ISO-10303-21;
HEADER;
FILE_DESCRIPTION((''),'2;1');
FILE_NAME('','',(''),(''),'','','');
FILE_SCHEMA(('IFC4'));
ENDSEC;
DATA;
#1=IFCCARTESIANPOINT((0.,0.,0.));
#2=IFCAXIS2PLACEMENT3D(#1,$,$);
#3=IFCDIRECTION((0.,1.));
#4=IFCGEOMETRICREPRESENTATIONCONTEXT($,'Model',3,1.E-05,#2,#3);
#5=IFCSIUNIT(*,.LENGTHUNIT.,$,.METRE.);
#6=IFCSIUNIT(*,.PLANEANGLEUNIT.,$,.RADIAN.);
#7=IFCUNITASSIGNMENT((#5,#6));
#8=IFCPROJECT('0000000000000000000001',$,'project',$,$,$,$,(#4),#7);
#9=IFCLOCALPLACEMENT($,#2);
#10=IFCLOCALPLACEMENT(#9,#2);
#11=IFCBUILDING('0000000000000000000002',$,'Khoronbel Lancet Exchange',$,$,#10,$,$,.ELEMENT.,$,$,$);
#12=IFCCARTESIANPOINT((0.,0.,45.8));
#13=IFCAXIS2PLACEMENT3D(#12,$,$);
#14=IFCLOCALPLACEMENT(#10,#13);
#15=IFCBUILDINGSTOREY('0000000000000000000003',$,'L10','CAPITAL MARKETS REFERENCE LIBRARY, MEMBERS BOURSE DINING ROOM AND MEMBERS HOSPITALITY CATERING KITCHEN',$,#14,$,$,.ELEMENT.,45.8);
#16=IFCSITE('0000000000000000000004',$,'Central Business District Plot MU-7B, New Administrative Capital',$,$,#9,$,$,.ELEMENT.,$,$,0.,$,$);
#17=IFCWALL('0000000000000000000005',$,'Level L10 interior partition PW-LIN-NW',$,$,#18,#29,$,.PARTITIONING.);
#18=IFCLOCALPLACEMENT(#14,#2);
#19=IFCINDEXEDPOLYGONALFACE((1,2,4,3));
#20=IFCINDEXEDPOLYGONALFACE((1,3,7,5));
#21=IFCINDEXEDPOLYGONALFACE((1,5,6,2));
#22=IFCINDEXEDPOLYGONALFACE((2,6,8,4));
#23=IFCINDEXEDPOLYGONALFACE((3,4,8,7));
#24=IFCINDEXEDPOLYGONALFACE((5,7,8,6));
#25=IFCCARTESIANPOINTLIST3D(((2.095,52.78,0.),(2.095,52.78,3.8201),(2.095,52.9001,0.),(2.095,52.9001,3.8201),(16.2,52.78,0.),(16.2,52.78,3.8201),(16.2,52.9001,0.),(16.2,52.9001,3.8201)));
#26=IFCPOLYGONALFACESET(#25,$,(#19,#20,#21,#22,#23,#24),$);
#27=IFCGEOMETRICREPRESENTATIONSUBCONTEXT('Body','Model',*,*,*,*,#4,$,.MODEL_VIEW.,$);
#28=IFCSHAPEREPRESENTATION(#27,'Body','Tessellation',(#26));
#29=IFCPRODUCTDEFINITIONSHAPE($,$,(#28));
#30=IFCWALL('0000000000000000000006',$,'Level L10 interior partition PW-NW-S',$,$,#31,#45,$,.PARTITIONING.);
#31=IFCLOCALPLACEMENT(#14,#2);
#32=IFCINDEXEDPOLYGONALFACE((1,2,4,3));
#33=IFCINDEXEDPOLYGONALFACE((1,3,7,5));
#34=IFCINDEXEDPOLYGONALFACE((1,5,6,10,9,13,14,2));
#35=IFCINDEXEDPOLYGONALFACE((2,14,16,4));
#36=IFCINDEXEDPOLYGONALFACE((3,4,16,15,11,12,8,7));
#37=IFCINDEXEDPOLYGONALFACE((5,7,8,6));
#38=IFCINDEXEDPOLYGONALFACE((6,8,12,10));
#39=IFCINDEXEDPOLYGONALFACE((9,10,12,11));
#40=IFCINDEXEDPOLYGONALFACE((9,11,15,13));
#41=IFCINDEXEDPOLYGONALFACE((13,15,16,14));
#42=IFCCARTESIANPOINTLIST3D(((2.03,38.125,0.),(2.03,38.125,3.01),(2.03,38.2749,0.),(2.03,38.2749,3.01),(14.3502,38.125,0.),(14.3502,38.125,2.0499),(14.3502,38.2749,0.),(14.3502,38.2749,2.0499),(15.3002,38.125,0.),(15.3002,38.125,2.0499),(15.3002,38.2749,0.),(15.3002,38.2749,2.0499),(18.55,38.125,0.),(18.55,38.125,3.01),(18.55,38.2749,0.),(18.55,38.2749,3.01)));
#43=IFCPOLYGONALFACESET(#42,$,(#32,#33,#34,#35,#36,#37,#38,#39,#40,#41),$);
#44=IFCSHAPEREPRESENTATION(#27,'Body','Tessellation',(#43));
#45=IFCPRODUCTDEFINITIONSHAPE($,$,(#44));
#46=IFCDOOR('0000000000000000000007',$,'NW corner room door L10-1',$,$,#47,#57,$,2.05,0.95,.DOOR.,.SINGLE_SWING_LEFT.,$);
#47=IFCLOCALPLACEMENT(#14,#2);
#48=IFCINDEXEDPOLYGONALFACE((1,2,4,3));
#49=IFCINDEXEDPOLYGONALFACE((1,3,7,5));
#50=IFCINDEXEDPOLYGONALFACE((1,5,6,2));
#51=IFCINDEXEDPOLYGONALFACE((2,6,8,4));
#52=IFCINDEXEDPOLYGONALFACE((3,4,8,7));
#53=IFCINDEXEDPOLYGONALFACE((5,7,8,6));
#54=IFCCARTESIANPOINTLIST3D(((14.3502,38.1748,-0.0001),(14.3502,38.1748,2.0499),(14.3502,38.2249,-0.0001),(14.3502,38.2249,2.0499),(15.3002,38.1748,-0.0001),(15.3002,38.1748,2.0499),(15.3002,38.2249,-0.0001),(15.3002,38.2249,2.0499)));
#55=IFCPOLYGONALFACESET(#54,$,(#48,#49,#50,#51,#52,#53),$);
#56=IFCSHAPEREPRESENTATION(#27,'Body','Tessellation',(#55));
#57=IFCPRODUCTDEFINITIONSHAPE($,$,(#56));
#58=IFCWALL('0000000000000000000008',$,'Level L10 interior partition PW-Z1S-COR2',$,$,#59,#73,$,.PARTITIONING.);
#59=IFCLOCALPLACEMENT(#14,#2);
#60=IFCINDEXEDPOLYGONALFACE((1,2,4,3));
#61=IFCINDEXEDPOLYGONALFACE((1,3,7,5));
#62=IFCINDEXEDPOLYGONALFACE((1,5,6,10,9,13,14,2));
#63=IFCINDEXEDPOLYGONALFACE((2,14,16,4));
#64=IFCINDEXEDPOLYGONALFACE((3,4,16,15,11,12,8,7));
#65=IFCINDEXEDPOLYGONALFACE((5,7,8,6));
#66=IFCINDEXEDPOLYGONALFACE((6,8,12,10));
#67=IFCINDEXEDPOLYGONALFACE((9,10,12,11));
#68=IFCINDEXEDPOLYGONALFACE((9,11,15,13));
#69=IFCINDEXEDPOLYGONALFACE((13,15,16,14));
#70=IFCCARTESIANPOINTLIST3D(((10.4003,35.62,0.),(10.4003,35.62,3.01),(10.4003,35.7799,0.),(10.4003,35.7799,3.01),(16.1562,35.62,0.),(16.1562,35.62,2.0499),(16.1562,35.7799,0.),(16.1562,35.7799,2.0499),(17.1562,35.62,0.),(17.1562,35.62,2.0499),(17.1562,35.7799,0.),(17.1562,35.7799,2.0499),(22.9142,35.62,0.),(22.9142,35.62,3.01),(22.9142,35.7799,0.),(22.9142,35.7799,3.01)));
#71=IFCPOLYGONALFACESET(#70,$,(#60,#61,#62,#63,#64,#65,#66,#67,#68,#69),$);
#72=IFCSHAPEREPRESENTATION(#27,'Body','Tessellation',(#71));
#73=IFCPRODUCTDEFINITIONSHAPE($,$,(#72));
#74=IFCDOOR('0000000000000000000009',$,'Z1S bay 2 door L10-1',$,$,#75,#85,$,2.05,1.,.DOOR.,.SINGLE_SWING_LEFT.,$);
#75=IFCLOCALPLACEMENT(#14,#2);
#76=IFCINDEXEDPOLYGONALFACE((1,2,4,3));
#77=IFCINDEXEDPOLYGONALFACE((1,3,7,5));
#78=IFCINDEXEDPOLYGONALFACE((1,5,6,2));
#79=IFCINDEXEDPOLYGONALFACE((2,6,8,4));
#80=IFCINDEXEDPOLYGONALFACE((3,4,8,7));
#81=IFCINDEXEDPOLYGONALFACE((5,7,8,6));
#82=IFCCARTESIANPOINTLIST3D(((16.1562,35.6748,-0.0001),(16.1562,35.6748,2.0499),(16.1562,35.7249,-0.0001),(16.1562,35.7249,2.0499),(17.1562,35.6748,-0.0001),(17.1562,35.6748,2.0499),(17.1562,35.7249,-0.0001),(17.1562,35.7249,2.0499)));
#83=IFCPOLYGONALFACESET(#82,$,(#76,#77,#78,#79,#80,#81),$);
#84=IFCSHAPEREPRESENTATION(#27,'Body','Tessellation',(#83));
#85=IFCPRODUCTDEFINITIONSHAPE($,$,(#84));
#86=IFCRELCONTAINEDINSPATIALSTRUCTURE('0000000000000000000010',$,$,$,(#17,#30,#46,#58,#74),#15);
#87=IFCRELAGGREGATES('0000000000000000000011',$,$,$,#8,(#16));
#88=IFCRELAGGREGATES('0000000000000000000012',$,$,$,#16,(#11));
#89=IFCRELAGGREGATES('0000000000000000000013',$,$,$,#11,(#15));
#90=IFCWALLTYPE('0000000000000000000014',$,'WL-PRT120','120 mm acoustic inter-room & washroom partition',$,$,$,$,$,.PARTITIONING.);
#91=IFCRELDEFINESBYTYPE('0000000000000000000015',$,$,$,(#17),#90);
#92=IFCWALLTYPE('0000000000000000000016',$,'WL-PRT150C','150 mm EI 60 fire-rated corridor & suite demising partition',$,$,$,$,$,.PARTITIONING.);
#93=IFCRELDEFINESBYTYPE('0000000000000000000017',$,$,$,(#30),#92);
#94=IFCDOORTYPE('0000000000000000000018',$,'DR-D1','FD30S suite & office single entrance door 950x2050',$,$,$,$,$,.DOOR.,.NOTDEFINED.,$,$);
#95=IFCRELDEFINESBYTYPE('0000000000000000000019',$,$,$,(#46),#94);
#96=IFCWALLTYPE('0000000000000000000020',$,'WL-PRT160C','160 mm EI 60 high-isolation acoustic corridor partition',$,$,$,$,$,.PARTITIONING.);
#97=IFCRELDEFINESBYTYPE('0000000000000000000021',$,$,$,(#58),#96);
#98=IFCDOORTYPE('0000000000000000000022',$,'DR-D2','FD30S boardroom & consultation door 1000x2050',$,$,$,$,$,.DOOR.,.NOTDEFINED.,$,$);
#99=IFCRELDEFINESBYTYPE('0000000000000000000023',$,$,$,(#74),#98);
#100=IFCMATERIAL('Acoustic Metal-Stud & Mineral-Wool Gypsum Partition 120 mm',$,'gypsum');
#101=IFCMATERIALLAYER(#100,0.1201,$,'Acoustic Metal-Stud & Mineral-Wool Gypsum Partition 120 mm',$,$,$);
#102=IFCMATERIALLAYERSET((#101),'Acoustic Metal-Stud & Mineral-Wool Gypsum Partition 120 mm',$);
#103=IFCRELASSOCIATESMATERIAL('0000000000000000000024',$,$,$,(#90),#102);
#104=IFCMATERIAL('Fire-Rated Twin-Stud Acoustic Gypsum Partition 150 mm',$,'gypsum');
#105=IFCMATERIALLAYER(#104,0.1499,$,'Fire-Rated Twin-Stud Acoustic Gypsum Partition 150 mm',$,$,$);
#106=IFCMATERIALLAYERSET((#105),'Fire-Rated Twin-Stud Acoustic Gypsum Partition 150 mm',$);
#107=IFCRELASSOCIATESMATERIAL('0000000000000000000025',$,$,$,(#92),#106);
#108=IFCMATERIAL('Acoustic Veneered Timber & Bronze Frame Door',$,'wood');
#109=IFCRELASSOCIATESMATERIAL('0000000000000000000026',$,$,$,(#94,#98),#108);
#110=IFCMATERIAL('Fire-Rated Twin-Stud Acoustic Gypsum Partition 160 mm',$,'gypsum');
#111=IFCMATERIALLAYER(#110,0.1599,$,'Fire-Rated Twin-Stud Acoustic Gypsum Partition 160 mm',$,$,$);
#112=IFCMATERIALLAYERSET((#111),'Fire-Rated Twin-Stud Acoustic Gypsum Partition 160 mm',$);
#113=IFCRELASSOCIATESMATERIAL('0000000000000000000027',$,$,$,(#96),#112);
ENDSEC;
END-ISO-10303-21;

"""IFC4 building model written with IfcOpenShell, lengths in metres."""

from ifc_helpers import new_model, si_unit, direction, frame, frame_2d, origin, place, context, subcontext, project, spatial, rectangle, extrude, material, layer, layer_set, type_object, element, fill, save


model = new_model("IFC4")

# Units and contexts
model_context = context("Model", 3, precision=1e-05, world=origin(), true_north=direction((0.0, 1.0)))
body_context = subcontext(model_context, "Body", "Model", "MODEL_VIEW")
ifc_project = project(units=[si_unit("LENGTHUNIT", "METRE"), si_unit("PLANEANGLEUNIT", "RADIAN")], contexts=[model_context])

# Site, building, storey
site_placement = place(None, origin())
site = spatial("IfcSite", under=ifc_project, at=site_placement, Name="Central Business District Plot MU-7B, New Administrative Capital", CompositionType="ELEMENT", RefElevation=0.0)
building_placement = place(site_placement, origin())
building = spatial("IfcBuilding", under=site, at=building_placement, Name="Khoronbel Lancet Exchange", CompositionType="ELEMENT")
storey_placement = place(building_placement, frame((0.0, 0.0, 45.8)))
storey = spatial("IfcBuildingStorey", under=building, at=storey_placement, Name="L10", Description="CAPITAL MARKETS REFERENCE LIBRARY, MEMBERS BOURSE DINING ROOM AND MEMBERS HOSPITALITY CATERING KITCHEN", CompositionType="ELEMENT", Elevation=45.8)

# Shared definitions
ifc_material_1 = material(Name="Acoustic Metal-Stud & Mineral-Wool Gypsum Partition 120 mm", Category="gypsum")
ifc_layer_1 = layer(ifc_material_1, 0.1201, Name="Acoustic Metal-Stud & Mineral-Wool Gypsum Partition 120 mm")
ifc_layer_set_1 = layer_set([ifc_layer_1], Name="Acoustic Metal-Stud & Mineral-Wool Gypsum Partition 120 mm")
wall_type_1 = type_object("IfcWallType", Name="WL-PRT120", Description="120 mm acoustic inter-room & washroom partition", PredefinedType="PARTITIONING", material=ifc_layer_set_1)

# Wall
wall_1_placement = place(storey_placement, frame((2.095, 52.8401, 0.0), z_axis=(0.0, 0.0, 1.0), x_axis=(1.0, 0.0, 0.0)))
element("IfcWall", 1, at=wall_1_placement, inside=storey, type_object=wall_type_1, Name="Level L10 interior partition PW-LIN-NW", PredefinedType="PARTITIONING", context=body_context, shape_type="SweptSolid", body=[
    extrude(rectangle(XDim=14.105, YDim=0.1201, at=frame_2d((7.0525, 0.0))), origin(), (0.0, 0.0, 1.0), 3.8201),
])

# Walls, openings, doors
ifc_material_2 = material(Name="Fire-Rated Twin-Stud Acoustic Gypsum Partition 150 mm", Category="gypsum")
ifc_layer_2 = layer(ifc_material_2, 0.1499, Name="Fire-Rated Twin-Stud Acoustic Gypsum Partition 150 mm")
ifc_layer_set_2 = layer_set([ifc_layer_2], Name="Fire-Rated Twin-Stud Acoustic Gypsum Partition 150 mm")
wall_type_2 = type_object("IfcWallType", Name="WL-PRT150C", Description="150 mm EI 60 fire-rated corridor & suite demising partition", PredefinedType="PARTITIONING", material=ifc_layer_set_2)
wall_2_placement = place(storey_placement, frame((2.03, 38.2, 0.0), z_axis=(0.0, 0.0, 1.0), x_axis=(1.0, 0.0, 0.0)))
wall_2 = element("IfcWall", 2, at=wall_2_placement, inside=storey, type_object=wall_type_2, Name="Level L10 interior partition PW-NW-S", PredefinedType="PARTITIONING", context=body_context, shape_type="SweptSolid", body=[
    extrude(rectangle(XDim=16.52, YDim=0.1499, at=frame_2d((8.26, 0.0))), origin(), (0.0, 0.0, 1.0), 3.01),
])
opening_1_placement = place(wall_2_placement, frame((12.3201, 0.0, 0.0)))
opening_1 = element("IfcOpeningElement", 3, at=opening_1_placement, cuts=wall_2, PredefinedType="OPENING", context=body_context, shape_type="SweptSolid", body=[
    extrude(rectangle(XDim=0.95, YDim=2.05, at=frame_2d((0.4751, 1.0249))), frame((0.0, 0.085, 0.0), z_axis=(0.0, -1.0, 0.0), x_axis=(1.0, 0.0, 0.0)), (0.0, 0.0, 1.0), 0.1699),
])
ifc_material_3 = material(Name="Acoustic Veneered Timber & Bronze Frame Door", Category="wood")
door_type_1 = type_object("IfcDoorType", Name="DR-D1", Description="FD30S suite & office single entrance door 950x2050", OperationType="NOTDEFINED", PredefinedType="DOOR", material=ifc_material_3)
door_1_placement = place(opening_1_placement, origin())
door_1 = element("IfcDoor", 4, at=door_1_placement, inside=storey, type_object=door_type_1, Name="NW corner room door L10-1", OperationType="SINGLE_SWING_LEFT", OverallHeight=2.05, OverallWidth=0.95, PredefinedType="DOOR", context=body_context, shape_type="SweptSolid", body=[
    extrude(rectangle(XDim=0.95, YDim=2.05, at=frame_2d((0.4751, 1.0249))), frame((0.0, 0.0249, 0.0), z_axis=(0.0, -1.0, 0.0), x_axis=(1.0, 0.0, 0.0)), (0.0, 0.0, 1.0), 0.05),
])
fill(opening_1, door_1)
ifc_material_4 = material(Name="Fire-Rated Twin-Stud Acoustic Gypsum Partition 160 mm", Category="gypsum")
ifc_layer_3 = layer(ifc_material_4, 0.1599, Name="Fire-Rated Twin-Stud Acoustic Gypsum Partition 160 mm")
ifc_layer_set_3 = layer_set([ifc_layer_3], Name="Fire-Rated Twin-Stud Acoustic Gypsum Partition 160 mm")
wall_type_3 = type_object("IfcWallType", Name="WL-PRT160C", Description="160 mm EI 60 high-isolation acoustic corridor partition", PredefinedType="PARTITIONING", material=ifc_layer_set_3)
wall_3_placement = place(storey_placement, frame((10.4004, 35.7, 0.0), z_axis=(0.0, 0.0, 1.0), x_axis=(1.0, 0.0, 0.0)))
wall_3 = element("IfcWall", 5, at=wall_3_placement, inside=storey, type_object=wall_type_3, Name="Level L10 interior partition PW-Z1S-COR2", PredefinedType="PARTITIONING", context=body_context, shape_type="SweptSolid", body=[
    extrude(rectangle(XDim=12.5139, YDim=0.1599, at=frame_2d((6.2568, 0.0))), origin(), (0.0, 0.0, 1.0), 3.01),
])
opening_2_placement = place(wall_3_placement, frame((5.7559, 0.0, 0.0)))
opening_2 = element("IfcOpeningElement", 6, at=opening_2_placement, cuts=wall_3, PredefinedType="OPENING", context=body_context, shape_type="SweptSolid", body=[
    extrude(rectangle(XDim=1.0, YDim=2.05, at=frame_2d((0.5, 1.0249))), frame((0.0, 0.0898, 0.0), z_axis=(0.0, -1.0, 0.0), x_axis=(1.0, 0.0, 0.0)), (0.0, 0.0, 1.0), 0.1799),
])
door_type_2 = type_object("IfcDoorType", Name="DR-D2", Description="FD30S boardroom & consultation door 1000x2050", OperationType="NOTDEFINED", PredefinedType="DOOR", material=ifc_material_3)
door_2_placement = place(opening_2_placement, origin())
door_2 = element("IfcDoor", 7, at=door_2_placement, inside=storey, type_object=door_type_2, Name="Z1S bay 2 door L10-1", OperationType="SINGLE_SWING_LEFT", OverallHeight=2.05, OverallWidth=1.0, PredefinedType="DOOR", context=body_context, shape_type="SweptSolid", body=[
    extrude(rectangle(XDim=1.0, YDim=2.05, at=frame_2d((0.5, 1.0249))), frame((0.0, 0.0249, 0.0), z_axis=(0.0, -1.0, 0.0), x_axis=(1.0, 0.0, 0.0)), (0.0, 0.0, 1.0), 0.05),
])
fill(opening_2, door_2)

save(model, "model.ifc")
